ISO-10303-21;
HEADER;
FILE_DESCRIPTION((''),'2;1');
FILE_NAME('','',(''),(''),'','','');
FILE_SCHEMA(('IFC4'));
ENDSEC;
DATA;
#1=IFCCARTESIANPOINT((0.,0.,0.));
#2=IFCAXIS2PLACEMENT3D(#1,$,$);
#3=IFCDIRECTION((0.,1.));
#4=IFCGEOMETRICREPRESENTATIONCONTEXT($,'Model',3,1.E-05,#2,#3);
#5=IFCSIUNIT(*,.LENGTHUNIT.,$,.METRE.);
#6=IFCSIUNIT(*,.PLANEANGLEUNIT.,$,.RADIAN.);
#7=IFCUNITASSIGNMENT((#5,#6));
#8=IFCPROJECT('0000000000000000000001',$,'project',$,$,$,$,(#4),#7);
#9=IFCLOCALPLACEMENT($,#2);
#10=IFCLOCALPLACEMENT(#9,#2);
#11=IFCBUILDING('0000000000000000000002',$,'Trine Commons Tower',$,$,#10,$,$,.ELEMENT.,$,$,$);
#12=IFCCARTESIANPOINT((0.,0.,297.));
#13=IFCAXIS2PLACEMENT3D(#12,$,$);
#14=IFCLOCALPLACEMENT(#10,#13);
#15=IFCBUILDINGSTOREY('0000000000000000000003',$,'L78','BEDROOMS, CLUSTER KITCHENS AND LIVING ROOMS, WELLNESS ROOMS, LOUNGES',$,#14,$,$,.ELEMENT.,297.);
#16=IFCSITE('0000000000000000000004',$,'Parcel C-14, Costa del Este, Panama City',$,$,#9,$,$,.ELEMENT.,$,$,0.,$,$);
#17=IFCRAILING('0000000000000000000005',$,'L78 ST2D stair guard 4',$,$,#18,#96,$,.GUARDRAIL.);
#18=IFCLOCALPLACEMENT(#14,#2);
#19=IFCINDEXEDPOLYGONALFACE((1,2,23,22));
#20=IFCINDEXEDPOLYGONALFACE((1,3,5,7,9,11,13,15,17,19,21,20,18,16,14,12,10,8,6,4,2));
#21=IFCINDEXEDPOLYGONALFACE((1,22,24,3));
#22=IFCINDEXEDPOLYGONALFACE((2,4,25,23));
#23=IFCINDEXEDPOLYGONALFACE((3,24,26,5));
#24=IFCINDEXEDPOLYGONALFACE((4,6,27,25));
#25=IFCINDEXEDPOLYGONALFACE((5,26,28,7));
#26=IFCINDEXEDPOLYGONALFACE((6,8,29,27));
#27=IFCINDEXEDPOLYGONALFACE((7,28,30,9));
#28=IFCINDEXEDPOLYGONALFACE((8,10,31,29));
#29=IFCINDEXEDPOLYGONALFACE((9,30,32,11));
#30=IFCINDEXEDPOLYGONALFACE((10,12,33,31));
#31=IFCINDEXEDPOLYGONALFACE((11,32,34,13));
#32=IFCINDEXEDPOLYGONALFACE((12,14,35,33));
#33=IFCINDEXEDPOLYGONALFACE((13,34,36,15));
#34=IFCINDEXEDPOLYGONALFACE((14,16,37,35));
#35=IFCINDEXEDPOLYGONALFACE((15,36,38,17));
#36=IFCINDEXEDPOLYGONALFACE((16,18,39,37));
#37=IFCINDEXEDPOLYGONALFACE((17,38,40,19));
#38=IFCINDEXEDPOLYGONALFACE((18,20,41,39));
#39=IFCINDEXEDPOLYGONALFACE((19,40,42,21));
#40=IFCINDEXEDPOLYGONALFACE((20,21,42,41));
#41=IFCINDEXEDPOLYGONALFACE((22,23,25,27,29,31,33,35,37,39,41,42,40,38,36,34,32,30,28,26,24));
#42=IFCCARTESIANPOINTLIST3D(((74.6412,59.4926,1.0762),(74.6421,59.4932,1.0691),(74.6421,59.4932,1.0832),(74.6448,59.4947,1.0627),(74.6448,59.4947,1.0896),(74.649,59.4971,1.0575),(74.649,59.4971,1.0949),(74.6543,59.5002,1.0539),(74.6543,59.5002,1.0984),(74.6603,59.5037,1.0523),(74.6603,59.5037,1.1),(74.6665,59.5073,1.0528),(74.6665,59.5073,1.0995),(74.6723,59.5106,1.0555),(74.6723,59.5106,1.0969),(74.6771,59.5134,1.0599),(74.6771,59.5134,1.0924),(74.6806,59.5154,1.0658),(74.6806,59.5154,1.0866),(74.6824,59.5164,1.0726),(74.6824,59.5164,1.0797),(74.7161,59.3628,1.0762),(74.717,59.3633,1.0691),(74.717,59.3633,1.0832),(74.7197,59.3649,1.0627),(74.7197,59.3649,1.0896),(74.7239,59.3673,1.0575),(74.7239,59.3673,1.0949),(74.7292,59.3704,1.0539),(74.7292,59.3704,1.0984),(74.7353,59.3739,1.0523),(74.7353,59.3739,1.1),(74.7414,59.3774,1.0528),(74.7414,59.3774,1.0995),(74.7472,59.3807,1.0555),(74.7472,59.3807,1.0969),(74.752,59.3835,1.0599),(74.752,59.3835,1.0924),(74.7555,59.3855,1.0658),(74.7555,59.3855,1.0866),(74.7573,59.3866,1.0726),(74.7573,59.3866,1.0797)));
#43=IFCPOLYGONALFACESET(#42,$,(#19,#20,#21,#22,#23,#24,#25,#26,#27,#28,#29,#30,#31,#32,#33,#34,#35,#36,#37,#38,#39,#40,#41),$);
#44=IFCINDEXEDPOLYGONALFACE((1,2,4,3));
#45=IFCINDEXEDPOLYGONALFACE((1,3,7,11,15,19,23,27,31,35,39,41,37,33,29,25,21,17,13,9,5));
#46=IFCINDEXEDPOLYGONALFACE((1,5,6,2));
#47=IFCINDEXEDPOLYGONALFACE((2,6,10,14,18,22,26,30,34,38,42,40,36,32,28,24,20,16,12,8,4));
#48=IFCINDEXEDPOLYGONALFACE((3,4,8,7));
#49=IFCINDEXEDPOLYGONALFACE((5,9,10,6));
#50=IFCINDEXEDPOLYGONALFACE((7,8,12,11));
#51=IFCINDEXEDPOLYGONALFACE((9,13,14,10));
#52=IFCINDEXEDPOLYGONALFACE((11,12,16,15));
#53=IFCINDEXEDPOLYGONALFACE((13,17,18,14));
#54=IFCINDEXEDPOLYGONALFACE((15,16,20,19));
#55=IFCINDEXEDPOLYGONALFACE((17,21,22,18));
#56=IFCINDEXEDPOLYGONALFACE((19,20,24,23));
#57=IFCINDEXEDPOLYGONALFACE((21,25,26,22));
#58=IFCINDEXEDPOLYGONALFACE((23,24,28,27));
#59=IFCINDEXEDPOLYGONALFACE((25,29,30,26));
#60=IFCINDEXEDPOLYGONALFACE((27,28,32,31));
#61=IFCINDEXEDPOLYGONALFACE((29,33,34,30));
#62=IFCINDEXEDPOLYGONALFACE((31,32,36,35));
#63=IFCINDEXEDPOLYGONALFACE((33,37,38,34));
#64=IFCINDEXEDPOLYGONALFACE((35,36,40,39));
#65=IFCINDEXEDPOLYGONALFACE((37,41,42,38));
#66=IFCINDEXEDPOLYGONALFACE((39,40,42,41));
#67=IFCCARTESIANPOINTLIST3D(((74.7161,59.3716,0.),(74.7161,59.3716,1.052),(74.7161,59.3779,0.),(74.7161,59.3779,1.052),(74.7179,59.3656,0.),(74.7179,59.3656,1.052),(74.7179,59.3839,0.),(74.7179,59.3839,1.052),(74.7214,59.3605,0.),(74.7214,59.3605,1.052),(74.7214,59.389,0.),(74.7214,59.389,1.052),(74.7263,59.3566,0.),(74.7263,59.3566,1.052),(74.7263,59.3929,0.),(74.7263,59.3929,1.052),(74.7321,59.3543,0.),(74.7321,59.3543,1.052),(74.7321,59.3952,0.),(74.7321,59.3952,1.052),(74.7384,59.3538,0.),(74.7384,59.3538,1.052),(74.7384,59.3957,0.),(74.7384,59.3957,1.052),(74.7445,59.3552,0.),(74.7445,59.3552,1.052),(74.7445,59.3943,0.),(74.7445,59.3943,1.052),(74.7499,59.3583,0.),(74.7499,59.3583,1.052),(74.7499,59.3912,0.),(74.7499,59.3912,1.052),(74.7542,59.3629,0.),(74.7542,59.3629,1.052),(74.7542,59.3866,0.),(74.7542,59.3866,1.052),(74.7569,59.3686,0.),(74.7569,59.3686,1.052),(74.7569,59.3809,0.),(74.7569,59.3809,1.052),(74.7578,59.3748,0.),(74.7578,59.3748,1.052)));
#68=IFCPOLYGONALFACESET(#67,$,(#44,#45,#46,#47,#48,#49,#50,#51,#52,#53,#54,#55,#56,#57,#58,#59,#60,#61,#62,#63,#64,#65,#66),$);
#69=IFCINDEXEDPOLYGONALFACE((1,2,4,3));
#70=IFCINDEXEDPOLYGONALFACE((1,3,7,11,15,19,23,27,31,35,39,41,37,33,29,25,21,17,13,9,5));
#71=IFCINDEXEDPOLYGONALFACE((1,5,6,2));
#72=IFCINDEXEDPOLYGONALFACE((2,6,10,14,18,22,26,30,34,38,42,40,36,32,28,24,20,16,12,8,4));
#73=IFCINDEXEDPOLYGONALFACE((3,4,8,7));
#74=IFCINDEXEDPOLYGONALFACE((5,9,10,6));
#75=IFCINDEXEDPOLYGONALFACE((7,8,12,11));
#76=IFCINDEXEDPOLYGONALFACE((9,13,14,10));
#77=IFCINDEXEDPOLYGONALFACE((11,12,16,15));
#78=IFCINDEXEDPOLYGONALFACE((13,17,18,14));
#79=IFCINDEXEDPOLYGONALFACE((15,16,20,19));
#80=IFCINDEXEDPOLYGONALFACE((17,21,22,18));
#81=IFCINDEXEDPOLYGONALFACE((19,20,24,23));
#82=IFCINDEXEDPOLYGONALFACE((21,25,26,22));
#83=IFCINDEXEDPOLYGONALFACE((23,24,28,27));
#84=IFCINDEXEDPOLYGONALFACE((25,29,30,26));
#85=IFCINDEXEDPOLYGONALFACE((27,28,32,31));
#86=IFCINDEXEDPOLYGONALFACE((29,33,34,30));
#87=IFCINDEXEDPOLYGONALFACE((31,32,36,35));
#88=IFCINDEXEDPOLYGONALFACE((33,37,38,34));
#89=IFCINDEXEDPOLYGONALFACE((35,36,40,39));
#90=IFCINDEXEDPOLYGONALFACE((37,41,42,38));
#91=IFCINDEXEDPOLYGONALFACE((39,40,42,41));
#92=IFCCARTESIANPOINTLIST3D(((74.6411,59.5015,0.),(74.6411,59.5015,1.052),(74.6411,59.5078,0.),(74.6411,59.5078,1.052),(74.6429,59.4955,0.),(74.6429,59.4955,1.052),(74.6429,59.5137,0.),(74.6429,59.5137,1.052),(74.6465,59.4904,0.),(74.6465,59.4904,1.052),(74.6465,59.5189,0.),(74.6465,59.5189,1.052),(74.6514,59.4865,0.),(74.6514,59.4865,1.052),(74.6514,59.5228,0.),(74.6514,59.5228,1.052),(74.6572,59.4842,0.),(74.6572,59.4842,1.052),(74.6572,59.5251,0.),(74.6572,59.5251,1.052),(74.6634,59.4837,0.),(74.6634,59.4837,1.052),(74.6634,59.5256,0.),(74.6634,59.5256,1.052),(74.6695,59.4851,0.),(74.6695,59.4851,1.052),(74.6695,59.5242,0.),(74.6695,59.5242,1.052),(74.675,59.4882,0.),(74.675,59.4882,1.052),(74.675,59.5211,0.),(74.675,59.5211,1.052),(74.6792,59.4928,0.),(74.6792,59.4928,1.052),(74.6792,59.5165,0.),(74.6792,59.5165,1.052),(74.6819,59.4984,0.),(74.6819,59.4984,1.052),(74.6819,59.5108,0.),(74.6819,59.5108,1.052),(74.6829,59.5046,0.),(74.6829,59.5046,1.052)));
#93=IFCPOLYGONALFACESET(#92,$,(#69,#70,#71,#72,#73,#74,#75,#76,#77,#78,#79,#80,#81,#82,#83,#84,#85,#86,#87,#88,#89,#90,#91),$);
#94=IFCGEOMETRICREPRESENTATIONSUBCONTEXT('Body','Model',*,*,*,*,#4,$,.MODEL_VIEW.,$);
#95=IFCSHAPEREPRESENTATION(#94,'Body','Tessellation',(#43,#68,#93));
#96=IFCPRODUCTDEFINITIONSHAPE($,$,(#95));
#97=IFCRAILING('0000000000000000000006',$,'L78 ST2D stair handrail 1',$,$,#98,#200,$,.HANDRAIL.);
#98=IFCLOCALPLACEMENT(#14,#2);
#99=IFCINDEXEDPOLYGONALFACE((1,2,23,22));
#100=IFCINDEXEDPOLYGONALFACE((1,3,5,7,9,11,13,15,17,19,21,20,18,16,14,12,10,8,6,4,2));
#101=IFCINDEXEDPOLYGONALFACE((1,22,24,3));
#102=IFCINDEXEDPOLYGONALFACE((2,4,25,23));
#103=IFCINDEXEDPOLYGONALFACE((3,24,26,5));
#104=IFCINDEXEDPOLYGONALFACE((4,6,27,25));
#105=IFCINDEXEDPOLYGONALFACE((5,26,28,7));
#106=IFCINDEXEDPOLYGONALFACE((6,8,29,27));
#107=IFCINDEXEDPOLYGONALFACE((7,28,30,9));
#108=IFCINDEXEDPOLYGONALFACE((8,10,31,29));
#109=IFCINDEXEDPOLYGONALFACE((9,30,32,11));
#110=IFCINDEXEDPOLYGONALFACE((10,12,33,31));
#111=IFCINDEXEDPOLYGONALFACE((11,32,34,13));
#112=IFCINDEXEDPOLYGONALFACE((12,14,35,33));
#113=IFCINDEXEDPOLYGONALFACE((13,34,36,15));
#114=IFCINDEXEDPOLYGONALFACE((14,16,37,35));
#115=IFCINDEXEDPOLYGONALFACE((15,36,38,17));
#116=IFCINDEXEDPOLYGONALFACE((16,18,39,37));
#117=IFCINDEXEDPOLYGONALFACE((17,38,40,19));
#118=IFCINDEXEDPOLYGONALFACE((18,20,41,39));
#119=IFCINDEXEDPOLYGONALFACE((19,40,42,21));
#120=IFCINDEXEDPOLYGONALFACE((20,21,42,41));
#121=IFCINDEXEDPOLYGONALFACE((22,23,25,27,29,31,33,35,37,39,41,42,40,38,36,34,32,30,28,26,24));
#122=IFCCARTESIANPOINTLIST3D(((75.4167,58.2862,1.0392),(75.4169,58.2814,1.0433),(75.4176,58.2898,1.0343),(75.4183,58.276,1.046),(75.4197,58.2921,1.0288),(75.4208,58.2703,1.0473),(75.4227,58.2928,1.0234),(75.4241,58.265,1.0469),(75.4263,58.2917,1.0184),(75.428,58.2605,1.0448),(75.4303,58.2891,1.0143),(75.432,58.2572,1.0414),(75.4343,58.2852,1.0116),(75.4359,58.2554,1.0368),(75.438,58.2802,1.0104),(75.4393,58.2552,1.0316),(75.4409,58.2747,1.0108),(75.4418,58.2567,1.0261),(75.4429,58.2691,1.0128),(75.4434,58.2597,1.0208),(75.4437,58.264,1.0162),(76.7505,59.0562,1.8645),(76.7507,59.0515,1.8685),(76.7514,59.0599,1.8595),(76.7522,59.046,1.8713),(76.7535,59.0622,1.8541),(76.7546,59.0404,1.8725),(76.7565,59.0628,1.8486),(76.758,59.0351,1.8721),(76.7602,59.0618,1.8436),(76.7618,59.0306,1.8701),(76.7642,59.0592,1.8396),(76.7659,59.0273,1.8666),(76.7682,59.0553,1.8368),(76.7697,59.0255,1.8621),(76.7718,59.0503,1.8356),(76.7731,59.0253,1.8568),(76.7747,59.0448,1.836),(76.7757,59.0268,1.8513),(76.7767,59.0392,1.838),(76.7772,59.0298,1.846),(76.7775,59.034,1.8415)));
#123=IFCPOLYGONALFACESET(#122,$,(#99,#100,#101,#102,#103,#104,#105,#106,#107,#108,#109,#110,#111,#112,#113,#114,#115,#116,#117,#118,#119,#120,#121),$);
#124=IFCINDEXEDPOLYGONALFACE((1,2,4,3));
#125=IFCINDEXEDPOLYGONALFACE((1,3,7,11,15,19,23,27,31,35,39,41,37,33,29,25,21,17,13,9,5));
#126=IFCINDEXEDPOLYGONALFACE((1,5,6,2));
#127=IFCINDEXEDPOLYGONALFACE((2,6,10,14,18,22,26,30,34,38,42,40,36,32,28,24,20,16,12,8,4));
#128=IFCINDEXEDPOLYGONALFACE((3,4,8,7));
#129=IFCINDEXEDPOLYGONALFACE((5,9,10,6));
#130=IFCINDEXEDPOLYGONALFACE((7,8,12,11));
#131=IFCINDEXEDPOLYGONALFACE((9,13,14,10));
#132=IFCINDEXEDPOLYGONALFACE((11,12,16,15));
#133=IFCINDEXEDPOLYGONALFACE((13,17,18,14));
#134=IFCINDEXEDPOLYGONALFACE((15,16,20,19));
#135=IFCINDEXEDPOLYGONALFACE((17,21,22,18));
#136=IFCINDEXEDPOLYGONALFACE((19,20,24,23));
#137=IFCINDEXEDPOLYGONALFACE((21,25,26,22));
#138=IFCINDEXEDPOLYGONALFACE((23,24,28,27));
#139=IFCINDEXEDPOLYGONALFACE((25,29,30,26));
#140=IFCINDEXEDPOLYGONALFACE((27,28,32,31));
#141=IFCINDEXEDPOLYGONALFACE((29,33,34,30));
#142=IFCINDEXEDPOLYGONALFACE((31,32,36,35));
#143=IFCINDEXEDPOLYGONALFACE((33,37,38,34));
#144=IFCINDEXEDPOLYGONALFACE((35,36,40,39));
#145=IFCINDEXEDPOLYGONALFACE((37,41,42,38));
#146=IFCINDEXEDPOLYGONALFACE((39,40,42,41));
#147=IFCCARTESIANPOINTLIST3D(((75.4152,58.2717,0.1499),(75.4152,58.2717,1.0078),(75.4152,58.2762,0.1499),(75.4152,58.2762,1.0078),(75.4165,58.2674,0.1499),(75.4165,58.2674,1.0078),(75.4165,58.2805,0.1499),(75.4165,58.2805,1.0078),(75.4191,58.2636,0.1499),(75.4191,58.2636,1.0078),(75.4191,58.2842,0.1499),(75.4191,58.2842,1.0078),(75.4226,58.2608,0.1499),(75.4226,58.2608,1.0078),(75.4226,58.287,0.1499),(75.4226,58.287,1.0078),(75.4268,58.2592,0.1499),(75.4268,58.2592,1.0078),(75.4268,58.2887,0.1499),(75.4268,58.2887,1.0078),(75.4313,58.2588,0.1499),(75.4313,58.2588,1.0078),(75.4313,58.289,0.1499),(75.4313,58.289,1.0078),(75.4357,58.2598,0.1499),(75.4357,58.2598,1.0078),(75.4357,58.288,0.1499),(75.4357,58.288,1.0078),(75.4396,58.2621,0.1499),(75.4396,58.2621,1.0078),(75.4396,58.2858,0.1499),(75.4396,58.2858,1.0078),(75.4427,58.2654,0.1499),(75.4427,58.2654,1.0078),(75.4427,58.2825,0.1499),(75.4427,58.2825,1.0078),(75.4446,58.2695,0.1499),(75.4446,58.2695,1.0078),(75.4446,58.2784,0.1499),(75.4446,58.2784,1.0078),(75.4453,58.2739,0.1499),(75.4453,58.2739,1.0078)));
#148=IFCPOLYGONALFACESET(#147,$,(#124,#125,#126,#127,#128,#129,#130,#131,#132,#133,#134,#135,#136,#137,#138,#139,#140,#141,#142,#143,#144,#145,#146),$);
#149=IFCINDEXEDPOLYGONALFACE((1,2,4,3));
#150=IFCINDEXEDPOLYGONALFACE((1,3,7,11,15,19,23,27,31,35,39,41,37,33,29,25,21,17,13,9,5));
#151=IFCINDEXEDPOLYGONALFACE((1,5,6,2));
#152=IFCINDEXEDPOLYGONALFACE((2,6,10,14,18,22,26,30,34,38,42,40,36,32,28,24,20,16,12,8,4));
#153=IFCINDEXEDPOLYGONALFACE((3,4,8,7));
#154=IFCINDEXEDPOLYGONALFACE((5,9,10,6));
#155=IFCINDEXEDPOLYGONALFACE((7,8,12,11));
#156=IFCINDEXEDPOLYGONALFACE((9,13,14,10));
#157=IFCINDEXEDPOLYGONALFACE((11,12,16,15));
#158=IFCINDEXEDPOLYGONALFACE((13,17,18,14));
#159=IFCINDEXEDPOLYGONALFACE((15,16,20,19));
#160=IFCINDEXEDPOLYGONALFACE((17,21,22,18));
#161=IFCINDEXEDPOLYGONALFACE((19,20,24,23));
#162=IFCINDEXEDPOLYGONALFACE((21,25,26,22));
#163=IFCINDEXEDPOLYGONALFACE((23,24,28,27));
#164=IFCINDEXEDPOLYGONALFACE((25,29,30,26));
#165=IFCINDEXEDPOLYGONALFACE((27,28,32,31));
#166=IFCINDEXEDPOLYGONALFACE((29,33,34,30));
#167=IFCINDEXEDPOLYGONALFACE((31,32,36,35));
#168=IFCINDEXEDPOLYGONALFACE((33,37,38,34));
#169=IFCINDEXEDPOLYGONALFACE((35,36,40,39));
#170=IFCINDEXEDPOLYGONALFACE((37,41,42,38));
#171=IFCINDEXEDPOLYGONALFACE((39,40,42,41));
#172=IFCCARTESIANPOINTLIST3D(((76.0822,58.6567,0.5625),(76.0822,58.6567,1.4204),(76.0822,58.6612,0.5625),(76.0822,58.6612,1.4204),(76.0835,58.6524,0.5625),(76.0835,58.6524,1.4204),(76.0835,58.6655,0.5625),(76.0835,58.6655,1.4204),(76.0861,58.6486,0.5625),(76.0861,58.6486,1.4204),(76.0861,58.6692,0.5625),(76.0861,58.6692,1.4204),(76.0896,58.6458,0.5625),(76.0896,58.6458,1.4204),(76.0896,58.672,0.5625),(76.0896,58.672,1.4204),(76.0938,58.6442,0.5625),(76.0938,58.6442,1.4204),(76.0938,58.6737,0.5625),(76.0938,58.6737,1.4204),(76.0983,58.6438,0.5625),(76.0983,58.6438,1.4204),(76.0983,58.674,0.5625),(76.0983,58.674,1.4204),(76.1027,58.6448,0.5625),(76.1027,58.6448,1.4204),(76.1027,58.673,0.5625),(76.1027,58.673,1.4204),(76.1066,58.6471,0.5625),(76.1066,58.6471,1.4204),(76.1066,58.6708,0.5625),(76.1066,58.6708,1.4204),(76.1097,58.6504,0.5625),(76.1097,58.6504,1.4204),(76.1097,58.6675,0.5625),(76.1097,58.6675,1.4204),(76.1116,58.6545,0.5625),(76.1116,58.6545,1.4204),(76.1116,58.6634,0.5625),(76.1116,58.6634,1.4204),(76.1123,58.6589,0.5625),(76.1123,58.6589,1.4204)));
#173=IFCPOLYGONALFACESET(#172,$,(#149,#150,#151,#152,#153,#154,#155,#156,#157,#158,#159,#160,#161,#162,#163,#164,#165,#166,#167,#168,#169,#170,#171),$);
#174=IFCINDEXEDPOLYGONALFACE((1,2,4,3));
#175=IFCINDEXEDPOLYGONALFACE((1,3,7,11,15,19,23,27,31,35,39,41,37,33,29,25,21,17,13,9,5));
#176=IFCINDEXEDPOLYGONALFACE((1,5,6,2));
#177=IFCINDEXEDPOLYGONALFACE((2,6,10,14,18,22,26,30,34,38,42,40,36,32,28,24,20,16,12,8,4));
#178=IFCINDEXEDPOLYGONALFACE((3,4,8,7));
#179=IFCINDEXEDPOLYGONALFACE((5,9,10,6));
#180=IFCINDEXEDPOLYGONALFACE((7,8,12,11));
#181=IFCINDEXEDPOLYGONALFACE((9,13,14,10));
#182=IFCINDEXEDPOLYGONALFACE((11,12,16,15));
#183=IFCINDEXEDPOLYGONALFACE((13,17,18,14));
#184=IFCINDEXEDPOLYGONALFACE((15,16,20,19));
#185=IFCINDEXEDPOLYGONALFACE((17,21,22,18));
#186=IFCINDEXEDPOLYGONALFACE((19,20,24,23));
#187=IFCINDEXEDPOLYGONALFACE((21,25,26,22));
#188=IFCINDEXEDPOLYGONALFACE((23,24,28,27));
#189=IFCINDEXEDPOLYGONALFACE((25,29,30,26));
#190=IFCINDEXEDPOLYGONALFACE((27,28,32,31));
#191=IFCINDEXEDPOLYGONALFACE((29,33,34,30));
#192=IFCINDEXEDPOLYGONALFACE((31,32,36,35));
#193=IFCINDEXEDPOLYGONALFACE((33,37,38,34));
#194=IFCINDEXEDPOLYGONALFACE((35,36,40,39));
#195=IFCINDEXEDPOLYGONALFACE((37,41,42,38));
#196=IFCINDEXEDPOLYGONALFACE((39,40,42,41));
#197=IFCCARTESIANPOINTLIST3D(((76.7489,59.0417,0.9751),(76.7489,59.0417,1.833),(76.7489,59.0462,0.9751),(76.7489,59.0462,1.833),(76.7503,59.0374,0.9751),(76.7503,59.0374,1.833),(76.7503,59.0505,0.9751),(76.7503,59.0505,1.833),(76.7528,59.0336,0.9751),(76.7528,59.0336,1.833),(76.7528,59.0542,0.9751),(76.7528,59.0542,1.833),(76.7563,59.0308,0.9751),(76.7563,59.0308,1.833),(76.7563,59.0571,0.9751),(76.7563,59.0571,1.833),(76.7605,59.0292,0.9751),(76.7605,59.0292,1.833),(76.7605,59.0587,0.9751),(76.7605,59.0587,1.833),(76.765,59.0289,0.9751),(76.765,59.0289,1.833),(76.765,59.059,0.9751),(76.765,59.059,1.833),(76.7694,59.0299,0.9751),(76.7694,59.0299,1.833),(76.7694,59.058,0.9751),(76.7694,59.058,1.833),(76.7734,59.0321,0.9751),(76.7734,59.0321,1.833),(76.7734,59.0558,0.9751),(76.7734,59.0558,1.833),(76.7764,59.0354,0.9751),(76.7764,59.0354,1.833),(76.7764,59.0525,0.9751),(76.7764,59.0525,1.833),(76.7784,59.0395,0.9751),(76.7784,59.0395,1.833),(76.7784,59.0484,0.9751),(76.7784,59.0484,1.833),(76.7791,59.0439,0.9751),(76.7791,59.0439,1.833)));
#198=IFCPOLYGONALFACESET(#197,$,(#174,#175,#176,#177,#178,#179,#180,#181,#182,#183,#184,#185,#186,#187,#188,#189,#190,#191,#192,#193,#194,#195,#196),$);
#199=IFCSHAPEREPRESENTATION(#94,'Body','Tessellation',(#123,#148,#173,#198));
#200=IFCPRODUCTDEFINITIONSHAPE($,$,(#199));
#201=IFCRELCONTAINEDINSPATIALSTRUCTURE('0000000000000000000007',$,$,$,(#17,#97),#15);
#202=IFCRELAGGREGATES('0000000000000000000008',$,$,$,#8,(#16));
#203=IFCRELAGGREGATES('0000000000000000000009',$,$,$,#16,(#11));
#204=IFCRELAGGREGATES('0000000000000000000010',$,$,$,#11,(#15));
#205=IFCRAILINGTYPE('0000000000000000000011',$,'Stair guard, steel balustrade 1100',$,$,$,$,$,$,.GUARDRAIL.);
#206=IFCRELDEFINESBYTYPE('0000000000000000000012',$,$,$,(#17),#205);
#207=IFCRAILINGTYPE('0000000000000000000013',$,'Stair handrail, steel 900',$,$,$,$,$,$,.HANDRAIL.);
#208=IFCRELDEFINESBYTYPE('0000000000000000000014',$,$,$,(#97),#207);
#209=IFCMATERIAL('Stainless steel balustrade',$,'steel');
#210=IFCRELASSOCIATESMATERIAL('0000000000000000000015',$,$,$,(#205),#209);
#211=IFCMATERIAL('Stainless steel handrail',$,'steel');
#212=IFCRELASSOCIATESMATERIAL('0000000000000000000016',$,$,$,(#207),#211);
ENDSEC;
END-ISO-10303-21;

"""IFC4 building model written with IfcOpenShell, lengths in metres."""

from ifc_helpers import new_model, si_unit, direction, frame, origin, origin_2d, place, context, subcontext, project, spatial, circle, extrude, material, type_object, element, save


model = new_model("IFC4")

# Units and contexts
model_context = context("Model", 3, precision=1e-05, world=origin(), true_north=direction((0.0, 1.0)))
body_context = subcontext(model_context, "Body", "Model", "MODEL_VIEW")
ifc_project = project(units=[si_unit("LENGTHUNIT", "METRE"), si_unit("PLANEANGLEUNIT", "RADIAN")], contexts=[model_context])

# Site, building, storey
site_placement = place(None, origin())
site = spatial("IfcSite", under=ifc_project, at=site_placement, Name="Parcel C-14, Costa del Este, Panama City", CompositionType="ELEMENT", RefElevation=0.0)
building_placement = place(site_placement, origin())
building = spatial("IfcBuilding", under=site, at=building_placement, Name="Trine Commons Tower", CompositionType="ELEMENT")
storey_placement = place(building_placement, frame((0.0, 0.0, 297.0)))
storey = spatial("IfcBuildingStorey", under=building, at=storey_placement, Name="L78", Description="BEDROOMS, CLUSTER KITCHENS AND LIVING ROOMS, WELLNESS ROOMS, LOUNGES", CompositionType="ELEMENT", Elevation=297.0)

# Railings
ifc_material_1 = material(Name="Stainless steel balustrade", Category="steel")
railing_type_1 = type_object("IfcRailingType", Name="Stair guard, steel balustrade 1100", PredefinedType="GUARDRAIL", material=ifc_material_1)
railing_1_placement = place(storey_placement, frame((74.7368, 59.3748, 0.0)))
element("IfcRailing", 1, at=railing_1_placement, inside=storey, type_object=railing_type_1, Name="L78 ST2D stair guard 4", PredefinedType="GUARDRAIL", context=body_context, shape_type="SweptSolid", body=[
    extrude(circle(Radius=0.0239, at=origin_2d()), frame((0.0, 0.0, 1.0762), z_axis=(-0.499816, 0.866131, 0.0), x_axis=(-0.866131, -0.499816, 0.0)), (0.0, 0.0, 1.0), 0.1499),
    extrude(circle(Radius=0.021, at=origin_2d()), origin(), (0.0, 0.0, 1.0), 1.052),
    extrude(circle(Radius=0.021, at=origin_2d()), frame((-0.075, 0.1299, 0.0)), (0.0, 0.0, 1.0), 1.052),
])
ifc_material_2 = material(Name="Stainless steel handrail", Category="steel")
railing_type_2 = type_object("IfcRailingType", Name="Stair handrail, steel 900", PredefinedType="HANDRAIL", material=ifc_material_2)
railing_2_placement = place(storey_placement, frame((75.4302, 58.2739, 0.1499)))
element("IfcRailing", 2, at=railing_2_placement, inside=storey, type_object=railing_type_2, Name="L78 ST2D stair handrail 1", PredefinedType="HANDRAIL", context=body_context, shape_type="SweptSolid", body=[
    extrude(circle(Radius=0.021, at=origin_2d()), frame((0.0, 0.0, 0.8789), z_axis=(0.763355, 0.440714, 0.472293), x_axis=(-0.499992, 0.86603, 0.0)), (0.0, 0.0, 1.0), 1.7473),
    extrude(circle(Radius=0.0151, at=origin_2d()), origin(), (0.0, 0.0, 1.0), 0.8579),
    extrude(circle(Radius=0.0151, at=origin_2d()), frame((0.667, 0.385, 0.4126)), (0.0, 0.0, 1.0), 0.8579),
    extrude(circle(Radius=0.0151, at=origin_2d()), frame((1.3337, 0.77, 0.8252)), (0.0, 0.0, 1.0), 0.8579),
])

save(model, "model.ifc")
